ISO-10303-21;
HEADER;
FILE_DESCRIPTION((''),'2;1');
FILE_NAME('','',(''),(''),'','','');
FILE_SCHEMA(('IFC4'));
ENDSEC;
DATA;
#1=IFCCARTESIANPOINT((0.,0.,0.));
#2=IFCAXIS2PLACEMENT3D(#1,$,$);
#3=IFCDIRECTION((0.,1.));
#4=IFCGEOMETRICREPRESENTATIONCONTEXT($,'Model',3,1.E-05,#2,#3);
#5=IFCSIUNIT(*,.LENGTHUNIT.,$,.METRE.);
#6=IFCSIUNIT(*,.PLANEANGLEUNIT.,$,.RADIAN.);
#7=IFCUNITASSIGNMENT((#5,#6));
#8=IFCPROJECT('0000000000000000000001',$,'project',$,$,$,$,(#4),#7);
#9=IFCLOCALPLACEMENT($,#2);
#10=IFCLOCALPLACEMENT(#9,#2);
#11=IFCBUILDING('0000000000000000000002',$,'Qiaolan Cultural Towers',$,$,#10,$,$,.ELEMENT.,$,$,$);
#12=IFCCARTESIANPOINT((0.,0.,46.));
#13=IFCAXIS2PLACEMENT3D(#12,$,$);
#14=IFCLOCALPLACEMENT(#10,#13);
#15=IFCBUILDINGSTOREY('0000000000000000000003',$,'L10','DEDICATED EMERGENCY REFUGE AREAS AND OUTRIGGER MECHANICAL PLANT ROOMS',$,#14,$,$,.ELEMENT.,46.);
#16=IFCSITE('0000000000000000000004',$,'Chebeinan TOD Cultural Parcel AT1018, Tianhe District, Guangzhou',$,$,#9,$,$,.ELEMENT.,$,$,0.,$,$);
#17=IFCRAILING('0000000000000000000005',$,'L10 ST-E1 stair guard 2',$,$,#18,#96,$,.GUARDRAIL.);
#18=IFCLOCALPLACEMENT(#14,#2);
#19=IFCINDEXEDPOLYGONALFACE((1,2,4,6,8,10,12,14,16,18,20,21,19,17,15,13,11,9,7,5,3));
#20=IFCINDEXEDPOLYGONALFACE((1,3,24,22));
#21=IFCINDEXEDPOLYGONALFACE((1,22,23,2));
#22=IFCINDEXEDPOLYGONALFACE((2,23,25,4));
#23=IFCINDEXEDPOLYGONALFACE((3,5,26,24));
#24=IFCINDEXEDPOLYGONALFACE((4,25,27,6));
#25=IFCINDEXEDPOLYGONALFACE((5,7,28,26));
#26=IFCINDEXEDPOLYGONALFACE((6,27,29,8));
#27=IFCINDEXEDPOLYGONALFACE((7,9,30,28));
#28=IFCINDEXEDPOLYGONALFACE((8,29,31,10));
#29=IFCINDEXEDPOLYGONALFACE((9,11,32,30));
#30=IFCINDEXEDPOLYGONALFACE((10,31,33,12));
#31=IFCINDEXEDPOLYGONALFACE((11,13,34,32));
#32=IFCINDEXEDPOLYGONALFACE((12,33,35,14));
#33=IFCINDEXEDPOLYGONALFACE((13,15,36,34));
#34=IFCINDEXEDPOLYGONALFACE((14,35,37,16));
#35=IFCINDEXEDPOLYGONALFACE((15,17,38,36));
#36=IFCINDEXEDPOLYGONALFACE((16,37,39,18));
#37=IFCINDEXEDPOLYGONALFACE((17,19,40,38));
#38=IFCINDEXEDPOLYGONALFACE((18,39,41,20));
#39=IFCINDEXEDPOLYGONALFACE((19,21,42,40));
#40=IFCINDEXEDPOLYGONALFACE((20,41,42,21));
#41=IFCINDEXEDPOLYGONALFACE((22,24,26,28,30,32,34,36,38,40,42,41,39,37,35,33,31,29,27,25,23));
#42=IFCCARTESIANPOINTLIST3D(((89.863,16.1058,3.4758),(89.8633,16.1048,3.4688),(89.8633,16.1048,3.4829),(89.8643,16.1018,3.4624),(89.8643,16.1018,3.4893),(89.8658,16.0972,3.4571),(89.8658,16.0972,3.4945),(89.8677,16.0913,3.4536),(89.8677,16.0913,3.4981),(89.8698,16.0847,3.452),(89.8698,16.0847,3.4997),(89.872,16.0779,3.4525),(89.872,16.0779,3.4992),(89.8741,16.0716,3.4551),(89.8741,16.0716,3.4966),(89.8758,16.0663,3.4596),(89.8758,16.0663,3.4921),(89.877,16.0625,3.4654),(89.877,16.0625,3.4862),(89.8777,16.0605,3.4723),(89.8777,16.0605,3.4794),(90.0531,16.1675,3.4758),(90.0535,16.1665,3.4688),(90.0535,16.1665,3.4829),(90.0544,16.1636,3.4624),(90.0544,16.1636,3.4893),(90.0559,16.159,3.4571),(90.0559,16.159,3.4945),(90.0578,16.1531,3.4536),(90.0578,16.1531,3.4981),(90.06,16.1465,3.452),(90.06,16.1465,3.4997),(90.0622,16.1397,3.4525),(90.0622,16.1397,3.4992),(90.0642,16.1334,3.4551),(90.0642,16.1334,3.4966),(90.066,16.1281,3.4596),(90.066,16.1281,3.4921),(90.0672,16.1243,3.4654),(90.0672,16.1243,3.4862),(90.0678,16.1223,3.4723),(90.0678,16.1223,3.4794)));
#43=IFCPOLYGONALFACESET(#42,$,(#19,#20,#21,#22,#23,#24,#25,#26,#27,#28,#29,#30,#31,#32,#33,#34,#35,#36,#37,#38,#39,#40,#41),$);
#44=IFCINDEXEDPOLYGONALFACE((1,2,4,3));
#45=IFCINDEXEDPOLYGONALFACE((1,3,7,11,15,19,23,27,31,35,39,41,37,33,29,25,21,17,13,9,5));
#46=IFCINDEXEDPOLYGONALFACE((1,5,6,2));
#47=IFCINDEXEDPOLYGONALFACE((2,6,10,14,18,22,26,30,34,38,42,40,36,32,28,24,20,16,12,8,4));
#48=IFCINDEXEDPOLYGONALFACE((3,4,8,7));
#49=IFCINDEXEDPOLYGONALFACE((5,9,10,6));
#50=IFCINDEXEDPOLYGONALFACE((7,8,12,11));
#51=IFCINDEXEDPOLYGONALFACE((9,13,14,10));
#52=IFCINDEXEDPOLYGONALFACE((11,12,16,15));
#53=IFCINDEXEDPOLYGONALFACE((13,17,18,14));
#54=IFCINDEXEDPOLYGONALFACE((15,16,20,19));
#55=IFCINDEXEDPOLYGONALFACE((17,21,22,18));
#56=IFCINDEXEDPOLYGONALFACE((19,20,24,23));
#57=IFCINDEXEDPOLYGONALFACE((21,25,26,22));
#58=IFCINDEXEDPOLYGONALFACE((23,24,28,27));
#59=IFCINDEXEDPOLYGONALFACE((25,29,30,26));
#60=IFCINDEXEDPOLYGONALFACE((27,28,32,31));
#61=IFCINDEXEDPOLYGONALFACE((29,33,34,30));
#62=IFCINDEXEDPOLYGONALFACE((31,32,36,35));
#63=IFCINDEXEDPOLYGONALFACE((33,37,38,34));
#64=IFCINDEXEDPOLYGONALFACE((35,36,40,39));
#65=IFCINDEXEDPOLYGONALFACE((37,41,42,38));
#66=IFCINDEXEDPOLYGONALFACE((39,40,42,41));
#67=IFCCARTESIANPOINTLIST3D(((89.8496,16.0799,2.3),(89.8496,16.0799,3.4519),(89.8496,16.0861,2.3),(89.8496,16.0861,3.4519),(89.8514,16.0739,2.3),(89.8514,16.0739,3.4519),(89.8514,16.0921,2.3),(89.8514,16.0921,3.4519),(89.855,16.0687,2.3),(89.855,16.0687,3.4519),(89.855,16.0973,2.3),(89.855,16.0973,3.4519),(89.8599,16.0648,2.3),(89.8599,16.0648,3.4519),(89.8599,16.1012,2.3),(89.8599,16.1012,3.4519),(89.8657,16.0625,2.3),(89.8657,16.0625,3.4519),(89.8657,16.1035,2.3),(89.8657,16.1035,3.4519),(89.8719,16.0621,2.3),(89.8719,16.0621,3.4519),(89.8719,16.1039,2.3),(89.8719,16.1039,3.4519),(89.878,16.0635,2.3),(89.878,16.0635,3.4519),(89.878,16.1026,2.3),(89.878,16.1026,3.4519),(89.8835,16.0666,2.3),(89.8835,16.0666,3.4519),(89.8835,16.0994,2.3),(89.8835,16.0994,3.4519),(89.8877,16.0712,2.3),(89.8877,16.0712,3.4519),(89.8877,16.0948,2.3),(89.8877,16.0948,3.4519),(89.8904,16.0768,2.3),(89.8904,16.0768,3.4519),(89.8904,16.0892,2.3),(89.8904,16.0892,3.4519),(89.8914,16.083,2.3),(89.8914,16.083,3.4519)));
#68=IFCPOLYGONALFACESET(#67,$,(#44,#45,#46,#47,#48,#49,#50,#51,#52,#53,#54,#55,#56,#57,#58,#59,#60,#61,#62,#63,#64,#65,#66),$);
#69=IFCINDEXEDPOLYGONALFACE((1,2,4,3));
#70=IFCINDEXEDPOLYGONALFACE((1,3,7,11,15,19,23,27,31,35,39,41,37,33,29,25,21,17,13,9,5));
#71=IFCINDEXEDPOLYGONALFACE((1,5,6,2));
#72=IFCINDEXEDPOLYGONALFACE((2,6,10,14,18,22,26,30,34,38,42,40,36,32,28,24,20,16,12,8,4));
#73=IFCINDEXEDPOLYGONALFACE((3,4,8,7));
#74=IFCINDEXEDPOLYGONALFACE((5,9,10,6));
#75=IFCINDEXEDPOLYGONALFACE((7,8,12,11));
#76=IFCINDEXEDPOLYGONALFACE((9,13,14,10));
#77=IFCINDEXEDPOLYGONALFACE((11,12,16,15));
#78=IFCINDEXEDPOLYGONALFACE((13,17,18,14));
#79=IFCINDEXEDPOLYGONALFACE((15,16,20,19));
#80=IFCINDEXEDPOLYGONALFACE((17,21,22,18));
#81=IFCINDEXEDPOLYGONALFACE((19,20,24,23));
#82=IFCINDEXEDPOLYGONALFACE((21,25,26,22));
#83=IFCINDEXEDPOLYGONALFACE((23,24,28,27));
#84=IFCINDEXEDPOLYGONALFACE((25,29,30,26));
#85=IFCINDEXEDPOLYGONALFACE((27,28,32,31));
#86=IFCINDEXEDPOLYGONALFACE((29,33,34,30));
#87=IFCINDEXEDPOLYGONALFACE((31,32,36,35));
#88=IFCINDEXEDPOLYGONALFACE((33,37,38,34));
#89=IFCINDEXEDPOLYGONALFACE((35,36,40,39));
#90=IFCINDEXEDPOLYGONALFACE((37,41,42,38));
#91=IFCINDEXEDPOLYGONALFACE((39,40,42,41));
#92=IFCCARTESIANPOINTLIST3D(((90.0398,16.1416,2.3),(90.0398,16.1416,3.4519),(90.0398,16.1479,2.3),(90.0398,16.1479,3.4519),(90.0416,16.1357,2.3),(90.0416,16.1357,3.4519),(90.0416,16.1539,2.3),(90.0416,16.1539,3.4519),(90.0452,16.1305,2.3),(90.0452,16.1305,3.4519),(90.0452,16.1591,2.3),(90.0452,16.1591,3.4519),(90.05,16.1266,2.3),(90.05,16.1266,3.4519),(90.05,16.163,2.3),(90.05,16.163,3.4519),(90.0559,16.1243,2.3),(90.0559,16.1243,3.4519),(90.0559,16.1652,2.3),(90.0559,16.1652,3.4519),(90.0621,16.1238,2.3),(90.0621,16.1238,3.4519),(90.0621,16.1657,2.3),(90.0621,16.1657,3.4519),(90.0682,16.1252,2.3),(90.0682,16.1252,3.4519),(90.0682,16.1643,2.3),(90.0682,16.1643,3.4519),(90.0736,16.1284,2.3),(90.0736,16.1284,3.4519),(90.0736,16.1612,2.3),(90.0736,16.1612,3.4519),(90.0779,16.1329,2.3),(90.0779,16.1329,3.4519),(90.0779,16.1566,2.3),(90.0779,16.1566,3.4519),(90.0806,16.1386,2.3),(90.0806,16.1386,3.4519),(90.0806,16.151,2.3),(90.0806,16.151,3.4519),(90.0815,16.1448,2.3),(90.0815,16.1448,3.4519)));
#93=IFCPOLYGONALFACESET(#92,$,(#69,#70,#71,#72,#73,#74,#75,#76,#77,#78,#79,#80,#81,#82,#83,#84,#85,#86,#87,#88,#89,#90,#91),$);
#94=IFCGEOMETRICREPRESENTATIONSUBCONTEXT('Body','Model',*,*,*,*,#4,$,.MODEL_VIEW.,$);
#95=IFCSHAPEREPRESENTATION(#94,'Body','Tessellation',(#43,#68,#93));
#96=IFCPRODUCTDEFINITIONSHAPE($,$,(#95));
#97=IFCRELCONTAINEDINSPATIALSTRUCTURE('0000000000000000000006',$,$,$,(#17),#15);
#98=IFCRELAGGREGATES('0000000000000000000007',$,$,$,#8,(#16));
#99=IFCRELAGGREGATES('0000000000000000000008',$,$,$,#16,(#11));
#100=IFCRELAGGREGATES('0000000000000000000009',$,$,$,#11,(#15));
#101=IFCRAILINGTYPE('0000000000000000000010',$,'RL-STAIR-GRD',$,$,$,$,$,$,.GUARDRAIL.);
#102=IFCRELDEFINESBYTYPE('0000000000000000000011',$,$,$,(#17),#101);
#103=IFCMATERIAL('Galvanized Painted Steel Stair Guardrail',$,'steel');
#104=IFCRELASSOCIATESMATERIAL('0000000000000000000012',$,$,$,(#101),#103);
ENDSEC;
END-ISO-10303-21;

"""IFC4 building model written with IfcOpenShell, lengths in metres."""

from ifc_helpers import new_model, si_unit, direction, frame, origin, origin_2d, place, context, subcontext, project, spatial, circle, extrude, material, type_object, element, save


model = new_model("IFC4")

# Units and contexts
model_context = context("Model", 3, precision=1e-05, world=origin(), true_north=direction((0.0, 1.0)))
body_context = subcontext(model_context, "Body", "Model", "MODEL_VIEW")
ifc_project = project(units=[si_unit("LENGTHUNIT", "METRE"), si_unit("PLANEANGLEUNIT", "RADIAN")], contexts=[model_context])

# Site, building, storey
site_placement = place(None, origin())
site = spatial("IfcSite", under=ifc_project, at=site_placement, Name="Chebeinan TOD Cultural Parcel AT1018, Tianhe District, Guangzhou", CompositionType="ELEMENT", RefElevation=0.0)
building_placement = place(site_placement, origin())
building = spatial("IfcBuilding", under=site, at=building_placement, Name="Qiaolan Cultural Towers", CompositionType="ELEMENT")
storey_placement = place(building_placement, frame((0.0, 0.0, 46.0)))
storey = spatial("IfcBuildingStorey", under=building, at=storey_placement, Name="L10", Description="DEDICATED EMERGENCY REFUGE AREAS AND OUTRIGGER MECHANICAL PLANT ROOMS", CompositionType="ELEMENT", Elevation=46.0)

# Railing
ifc_material_1 = material(Name="Galvanized Painted Steel Stair Guardrail", Category="steel")
railing_type_1 = type_object("IfcRailingType", Name="RL-STAIR-GRD", PredefinedType="GUARDRAIL", material=ifc_material_1)
railing_1_placement = place(storey_placement, frame((89.8704, 16.083, 2.3)))
element("IfcRailing", 1, at=railing_1_placement, inside=storey, type_object=railing_type_1, Name="L10 ST-E1 stair guard 2", PredefinedType="GUARDRAIL", context=body_context, shape_type="SweptSolid", body=[
    extrude(circle(Radius=0.0239, at=origin_2d()), frame((0.0, 0.0, 1.1758), z_axis=(0.951097, 0.308893, 0.0), x_axis=(-0.308893, 0.951097, 0.0)), (0.0, 0.0, 1.0), 0.2),
    extrude(circle(Radius=0.021, at=origin_2d()), origin(), (0.0, 0.0, 1.0), 1.1519),
    extrude(circle(Radius=0.021, at=origin_2d()), frame((0.1902, 0.0618, 0.0)), (0.0, 0.0, 1.0), 1.1519),
])

save(model, "model.ifc")
